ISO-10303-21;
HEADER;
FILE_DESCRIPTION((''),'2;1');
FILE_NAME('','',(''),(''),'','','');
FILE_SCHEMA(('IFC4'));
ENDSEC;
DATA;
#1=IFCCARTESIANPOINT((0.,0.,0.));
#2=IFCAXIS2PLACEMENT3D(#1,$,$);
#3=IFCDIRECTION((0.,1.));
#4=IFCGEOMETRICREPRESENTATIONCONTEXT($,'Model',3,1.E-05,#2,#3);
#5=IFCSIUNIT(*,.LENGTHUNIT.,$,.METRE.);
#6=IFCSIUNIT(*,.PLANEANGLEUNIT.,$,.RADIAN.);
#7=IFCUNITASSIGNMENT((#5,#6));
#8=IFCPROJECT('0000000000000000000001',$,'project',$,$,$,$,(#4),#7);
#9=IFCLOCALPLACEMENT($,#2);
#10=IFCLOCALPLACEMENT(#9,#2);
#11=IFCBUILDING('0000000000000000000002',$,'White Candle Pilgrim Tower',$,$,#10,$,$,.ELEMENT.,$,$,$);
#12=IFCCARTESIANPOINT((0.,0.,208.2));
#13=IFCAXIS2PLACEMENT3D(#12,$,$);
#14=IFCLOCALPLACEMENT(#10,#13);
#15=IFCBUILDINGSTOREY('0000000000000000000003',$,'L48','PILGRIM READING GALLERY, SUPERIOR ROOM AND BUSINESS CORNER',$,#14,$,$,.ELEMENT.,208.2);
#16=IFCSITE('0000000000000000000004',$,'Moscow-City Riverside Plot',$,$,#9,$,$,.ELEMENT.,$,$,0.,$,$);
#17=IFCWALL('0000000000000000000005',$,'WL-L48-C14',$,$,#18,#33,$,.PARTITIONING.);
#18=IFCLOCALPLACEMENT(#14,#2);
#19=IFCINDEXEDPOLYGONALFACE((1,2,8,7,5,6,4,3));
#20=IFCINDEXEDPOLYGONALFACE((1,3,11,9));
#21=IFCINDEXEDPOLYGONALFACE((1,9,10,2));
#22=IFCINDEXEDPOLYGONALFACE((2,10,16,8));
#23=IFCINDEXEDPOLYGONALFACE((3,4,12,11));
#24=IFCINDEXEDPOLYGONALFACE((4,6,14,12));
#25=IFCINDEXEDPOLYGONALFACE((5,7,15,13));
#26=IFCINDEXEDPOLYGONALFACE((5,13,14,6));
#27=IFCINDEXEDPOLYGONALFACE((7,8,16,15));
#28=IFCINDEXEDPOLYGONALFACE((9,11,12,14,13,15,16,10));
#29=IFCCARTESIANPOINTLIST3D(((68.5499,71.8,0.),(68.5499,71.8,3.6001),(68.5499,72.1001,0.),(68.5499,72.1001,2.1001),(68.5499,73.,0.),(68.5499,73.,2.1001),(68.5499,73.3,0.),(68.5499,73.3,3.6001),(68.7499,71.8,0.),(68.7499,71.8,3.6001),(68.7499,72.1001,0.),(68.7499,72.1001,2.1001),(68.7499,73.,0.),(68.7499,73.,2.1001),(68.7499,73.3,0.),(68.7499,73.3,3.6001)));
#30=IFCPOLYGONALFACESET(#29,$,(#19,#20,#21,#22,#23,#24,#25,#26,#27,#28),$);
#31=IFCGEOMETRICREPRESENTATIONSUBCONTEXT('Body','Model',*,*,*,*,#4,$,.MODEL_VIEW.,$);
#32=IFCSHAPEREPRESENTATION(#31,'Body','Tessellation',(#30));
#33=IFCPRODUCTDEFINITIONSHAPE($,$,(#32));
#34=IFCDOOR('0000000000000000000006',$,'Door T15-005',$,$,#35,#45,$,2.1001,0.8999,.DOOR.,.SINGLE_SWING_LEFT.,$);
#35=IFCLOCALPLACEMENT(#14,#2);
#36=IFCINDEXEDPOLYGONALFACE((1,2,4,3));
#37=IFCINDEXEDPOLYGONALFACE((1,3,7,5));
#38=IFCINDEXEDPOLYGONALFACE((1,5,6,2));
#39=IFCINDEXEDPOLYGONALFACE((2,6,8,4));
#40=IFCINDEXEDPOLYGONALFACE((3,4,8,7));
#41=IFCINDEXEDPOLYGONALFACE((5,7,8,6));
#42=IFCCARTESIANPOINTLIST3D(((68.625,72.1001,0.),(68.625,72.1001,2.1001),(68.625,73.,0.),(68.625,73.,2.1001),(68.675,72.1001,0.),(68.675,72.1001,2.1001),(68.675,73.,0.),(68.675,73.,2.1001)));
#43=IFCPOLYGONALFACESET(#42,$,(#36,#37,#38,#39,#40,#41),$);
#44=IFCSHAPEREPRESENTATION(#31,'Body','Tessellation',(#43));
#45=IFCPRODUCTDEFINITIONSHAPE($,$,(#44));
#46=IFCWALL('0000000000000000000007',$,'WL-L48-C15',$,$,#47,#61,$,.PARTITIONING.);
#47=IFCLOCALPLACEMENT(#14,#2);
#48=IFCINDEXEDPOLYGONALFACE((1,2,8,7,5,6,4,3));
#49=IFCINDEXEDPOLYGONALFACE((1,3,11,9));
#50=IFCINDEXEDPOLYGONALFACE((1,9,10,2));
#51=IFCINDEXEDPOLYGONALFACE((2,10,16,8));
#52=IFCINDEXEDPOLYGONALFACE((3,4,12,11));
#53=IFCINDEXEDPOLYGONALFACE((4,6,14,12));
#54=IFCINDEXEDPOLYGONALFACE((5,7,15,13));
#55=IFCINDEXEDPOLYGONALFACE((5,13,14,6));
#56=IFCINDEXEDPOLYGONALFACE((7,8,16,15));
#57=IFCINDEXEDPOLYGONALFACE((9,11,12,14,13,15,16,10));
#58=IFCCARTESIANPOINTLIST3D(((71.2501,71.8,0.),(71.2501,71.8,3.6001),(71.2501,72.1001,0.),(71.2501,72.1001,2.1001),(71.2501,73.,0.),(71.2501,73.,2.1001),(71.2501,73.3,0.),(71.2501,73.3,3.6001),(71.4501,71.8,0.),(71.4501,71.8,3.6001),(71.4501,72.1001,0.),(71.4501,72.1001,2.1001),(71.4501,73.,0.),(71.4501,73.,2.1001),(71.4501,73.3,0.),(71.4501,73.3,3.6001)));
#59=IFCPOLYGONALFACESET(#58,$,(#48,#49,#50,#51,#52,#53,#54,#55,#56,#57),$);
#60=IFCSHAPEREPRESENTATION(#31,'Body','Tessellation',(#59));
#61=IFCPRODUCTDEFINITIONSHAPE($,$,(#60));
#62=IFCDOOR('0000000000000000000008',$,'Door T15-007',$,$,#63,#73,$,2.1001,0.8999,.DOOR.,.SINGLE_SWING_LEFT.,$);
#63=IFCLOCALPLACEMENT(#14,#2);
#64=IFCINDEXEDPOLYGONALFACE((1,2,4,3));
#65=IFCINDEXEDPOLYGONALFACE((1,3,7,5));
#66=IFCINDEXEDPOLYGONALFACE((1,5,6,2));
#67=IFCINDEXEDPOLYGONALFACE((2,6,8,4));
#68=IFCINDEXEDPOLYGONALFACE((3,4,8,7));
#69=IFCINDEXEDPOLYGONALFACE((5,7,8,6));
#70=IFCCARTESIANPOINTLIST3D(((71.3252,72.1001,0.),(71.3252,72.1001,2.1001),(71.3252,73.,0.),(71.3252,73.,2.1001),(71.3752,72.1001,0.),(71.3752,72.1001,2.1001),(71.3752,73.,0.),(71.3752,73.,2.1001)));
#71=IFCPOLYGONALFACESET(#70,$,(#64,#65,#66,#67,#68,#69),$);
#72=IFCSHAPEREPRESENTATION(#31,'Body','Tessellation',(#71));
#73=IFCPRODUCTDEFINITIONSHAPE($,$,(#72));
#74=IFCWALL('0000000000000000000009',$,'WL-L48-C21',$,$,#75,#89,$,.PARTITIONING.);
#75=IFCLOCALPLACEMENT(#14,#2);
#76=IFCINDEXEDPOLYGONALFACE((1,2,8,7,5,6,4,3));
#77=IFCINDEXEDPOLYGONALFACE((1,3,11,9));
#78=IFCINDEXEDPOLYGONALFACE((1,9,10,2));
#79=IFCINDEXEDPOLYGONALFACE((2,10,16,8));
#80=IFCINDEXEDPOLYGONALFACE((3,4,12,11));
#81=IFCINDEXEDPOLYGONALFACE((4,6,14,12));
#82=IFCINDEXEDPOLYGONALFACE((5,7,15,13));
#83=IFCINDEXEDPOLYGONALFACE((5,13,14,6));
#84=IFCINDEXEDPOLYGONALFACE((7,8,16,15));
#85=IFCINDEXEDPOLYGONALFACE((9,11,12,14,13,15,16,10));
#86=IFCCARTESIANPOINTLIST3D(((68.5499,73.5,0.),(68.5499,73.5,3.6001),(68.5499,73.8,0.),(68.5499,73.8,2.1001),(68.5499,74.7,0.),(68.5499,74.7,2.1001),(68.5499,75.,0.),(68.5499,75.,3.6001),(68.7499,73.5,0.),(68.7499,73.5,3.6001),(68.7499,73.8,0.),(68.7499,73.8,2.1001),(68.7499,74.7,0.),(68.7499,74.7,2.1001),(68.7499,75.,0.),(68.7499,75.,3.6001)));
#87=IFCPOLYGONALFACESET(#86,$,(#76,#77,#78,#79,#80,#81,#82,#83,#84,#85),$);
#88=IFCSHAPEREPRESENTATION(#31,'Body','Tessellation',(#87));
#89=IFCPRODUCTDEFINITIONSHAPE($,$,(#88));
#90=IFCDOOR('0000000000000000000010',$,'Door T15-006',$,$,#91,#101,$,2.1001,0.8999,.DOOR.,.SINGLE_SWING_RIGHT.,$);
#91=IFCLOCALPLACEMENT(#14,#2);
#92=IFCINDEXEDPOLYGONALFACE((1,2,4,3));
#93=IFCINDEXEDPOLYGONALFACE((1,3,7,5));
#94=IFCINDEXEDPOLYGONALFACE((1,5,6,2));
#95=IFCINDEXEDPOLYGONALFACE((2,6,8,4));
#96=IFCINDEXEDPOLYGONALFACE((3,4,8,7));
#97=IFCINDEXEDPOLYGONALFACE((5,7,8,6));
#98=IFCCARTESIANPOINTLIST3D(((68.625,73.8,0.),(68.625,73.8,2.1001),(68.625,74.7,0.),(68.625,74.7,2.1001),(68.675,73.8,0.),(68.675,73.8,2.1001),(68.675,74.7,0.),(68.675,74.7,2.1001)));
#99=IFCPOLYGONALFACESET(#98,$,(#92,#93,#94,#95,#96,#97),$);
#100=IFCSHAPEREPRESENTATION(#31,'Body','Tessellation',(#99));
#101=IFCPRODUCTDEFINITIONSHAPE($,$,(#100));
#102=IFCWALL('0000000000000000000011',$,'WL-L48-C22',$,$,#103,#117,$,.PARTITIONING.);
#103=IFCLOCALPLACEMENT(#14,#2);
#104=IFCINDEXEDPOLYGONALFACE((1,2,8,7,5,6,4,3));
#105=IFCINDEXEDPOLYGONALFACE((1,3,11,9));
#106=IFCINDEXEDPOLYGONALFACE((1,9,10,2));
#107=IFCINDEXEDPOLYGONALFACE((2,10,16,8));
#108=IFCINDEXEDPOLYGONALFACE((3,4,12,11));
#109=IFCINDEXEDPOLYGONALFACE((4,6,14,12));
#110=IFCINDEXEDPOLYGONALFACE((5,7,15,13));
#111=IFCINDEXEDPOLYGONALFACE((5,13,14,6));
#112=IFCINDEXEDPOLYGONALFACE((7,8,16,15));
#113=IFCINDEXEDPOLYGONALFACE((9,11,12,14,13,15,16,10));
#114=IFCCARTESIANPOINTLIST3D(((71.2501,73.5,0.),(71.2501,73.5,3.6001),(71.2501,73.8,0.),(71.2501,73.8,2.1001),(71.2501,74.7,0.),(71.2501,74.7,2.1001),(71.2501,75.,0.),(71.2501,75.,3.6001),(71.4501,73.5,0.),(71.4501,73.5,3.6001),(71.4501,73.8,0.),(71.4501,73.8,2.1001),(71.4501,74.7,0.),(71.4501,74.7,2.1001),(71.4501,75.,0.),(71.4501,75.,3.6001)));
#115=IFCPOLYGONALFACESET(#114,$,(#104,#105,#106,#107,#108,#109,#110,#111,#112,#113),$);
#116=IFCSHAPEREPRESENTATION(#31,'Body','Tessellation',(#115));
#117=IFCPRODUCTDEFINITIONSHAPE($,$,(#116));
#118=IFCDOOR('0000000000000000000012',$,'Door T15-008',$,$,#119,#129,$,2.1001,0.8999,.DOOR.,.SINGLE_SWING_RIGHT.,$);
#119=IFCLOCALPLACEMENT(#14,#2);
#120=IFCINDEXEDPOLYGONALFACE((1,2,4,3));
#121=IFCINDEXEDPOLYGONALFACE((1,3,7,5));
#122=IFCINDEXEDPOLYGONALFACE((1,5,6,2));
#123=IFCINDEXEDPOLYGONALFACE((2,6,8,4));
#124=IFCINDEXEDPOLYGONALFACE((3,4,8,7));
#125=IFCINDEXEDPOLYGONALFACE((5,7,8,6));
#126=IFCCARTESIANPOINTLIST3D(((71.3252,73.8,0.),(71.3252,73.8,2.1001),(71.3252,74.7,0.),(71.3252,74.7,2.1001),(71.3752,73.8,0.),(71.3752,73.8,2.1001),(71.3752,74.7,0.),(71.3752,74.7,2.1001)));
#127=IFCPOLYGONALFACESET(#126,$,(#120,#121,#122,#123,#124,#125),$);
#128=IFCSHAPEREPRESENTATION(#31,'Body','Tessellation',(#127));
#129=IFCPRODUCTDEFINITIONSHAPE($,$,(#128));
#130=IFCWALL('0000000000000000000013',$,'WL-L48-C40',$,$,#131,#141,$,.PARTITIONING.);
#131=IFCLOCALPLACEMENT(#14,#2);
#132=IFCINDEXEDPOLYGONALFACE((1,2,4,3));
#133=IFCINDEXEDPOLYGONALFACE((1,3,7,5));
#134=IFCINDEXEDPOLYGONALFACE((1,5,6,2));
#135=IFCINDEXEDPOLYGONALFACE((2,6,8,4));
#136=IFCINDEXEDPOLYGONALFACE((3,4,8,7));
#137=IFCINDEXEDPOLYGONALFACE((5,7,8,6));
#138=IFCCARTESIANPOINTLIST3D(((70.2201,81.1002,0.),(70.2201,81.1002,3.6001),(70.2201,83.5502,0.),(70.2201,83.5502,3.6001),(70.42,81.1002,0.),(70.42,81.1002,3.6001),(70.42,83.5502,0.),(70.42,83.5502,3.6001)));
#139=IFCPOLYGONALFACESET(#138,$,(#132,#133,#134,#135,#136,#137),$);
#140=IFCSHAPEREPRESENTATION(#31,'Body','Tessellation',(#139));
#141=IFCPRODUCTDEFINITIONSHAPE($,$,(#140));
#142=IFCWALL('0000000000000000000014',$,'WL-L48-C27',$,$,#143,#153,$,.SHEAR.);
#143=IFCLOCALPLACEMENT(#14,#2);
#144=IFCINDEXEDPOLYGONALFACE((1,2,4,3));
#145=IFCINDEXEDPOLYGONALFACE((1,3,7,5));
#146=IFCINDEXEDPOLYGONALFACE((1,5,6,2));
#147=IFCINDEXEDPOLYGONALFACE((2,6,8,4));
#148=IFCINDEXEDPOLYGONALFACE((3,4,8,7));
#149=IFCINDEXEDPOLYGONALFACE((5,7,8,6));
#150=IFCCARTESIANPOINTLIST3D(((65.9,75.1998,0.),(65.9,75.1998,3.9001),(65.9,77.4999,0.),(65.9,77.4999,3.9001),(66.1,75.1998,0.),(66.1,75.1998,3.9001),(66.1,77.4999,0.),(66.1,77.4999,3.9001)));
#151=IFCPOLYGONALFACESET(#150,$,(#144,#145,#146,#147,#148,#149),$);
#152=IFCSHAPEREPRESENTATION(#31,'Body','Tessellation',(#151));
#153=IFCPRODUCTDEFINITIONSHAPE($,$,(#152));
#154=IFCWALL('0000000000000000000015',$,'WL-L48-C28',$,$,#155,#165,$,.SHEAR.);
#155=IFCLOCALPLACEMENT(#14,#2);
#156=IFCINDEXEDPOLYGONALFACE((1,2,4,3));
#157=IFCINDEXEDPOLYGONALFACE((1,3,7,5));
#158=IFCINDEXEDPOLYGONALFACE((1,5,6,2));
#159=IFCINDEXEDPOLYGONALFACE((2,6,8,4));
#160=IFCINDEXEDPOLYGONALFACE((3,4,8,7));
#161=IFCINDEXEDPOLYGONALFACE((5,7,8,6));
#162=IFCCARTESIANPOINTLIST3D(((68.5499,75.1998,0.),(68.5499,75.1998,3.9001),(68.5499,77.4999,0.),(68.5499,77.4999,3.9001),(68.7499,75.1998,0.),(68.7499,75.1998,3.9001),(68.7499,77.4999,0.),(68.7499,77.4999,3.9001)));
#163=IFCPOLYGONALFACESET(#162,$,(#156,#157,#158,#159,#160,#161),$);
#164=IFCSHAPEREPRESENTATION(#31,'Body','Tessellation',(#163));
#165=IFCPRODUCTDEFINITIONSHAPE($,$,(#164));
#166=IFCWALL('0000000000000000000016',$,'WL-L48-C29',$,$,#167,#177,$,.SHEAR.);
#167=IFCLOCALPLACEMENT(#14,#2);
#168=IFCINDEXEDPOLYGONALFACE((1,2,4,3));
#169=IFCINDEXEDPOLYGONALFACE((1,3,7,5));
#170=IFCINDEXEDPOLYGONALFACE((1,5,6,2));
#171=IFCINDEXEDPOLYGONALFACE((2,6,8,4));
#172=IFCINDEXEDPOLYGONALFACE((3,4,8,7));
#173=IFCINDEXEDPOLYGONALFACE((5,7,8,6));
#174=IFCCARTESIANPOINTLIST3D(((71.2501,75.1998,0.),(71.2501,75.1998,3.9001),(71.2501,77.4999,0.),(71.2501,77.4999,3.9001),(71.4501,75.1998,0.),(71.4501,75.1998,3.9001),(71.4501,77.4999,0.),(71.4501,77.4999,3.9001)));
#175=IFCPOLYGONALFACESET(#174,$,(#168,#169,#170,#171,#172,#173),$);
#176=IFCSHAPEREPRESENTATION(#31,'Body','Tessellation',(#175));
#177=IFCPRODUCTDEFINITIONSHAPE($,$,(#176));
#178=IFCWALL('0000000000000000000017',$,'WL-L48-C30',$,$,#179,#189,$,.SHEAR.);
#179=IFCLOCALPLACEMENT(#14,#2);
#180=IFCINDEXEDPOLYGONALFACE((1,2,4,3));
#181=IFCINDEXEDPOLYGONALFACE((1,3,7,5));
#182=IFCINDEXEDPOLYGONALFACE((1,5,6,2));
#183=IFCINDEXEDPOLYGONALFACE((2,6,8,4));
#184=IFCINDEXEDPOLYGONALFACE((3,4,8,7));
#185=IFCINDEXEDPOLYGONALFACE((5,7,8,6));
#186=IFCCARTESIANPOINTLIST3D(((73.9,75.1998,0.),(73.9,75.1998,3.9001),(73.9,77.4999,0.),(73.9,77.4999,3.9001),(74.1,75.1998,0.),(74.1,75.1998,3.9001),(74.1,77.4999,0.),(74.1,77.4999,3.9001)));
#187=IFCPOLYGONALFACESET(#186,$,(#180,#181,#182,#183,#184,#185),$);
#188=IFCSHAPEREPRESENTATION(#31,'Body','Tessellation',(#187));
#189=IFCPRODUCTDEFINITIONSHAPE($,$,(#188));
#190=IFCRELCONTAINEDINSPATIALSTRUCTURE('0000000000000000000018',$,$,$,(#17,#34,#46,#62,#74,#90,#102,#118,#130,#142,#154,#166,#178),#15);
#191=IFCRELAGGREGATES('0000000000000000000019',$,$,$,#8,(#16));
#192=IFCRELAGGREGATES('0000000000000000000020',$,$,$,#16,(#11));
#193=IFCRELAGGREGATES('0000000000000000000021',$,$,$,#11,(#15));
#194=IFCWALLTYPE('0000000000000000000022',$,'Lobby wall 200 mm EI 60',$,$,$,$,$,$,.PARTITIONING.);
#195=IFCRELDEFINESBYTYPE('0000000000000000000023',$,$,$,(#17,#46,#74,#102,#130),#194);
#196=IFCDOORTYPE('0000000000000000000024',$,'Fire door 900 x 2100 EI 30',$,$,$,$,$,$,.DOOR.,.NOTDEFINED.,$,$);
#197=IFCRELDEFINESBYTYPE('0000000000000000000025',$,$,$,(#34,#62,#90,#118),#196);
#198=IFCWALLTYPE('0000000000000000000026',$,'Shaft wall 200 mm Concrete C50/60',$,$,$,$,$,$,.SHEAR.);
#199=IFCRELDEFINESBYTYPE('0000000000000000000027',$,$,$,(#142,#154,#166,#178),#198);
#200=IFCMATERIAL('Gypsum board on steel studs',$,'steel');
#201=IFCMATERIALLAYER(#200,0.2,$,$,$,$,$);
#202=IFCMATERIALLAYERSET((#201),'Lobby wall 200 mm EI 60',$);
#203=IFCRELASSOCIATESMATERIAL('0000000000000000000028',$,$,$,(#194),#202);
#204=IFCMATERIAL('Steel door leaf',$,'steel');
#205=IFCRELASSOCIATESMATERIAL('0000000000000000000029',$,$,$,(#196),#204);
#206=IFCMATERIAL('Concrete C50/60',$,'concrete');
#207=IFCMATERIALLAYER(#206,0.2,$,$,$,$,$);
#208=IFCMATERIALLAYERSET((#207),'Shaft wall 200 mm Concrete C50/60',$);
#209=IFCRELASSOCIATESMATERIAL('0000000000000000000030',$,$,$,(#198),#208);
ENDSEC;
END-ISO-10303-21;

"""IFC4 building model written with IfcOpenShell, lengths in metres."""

from ifc_helpers import new_model, si_unit, direction, frame, frame_2d, origin, place, context, subcontext, project, spatial, rectangle, extrude, material, layer, layer_set, type_object, element, fill, save


model = new_model("IFC4")

# Units and contexts
model_context = context("Model", 3, precision=1e-05, world=origin(), true_north=direction((0.0, 1.0)))
body_context = subcontext(model_context, "Body", "Model", "MODEL_VIEW")
ifc_project = project(units=[si_unit("LENGTHUNIT", "METRE"), si_unit("PLANEANGLEUNIT", "RADIAN")], contexts=[model_context])

# Site, building, storey
site_placement = place(None, origin())
site = spatial("IfcSite", under=ifc_project, at=site_placement, Name="Moscow-City Riverside Plot", CompositionType="ELEMENT", RefElevation=0.0)
building_placement = place(site_placement, origin())
building = spatial("IfcBuilding", under=site, at=building_placement, Name="White Candle Pilgrim Tower", CompositionType="ELEMENT")
storey_placement = place(building_placement, frame((0.0, 0.0, 208.2)))
storey = spatial("IfcBuildingStorey", under=building, at=storey_placement, Name="L48", Description="PILGRIM READING GALLERY, SUPERIOR ROOM AND BUSINESS CORNER", CompositionType="ELEMENT", Elevation=208.2)

# Walls, openings, doors
ifc_material_1 = material(Name="Gypsum board on steel studs", Category="steel")
ifc_layer_1 = layer(ifc_material_1, 0.2)
ifc_layer_set_1 = layer_set([ifc_layer_1], Name="Lobby wall 200 mm EI 60")
wall_type_1 = type_object("IfcWallType", Name="Lobby wall 200 mm EI 60", PredefinedType="PARTITIONING", material=ifc_layer_set_1)
wall_1_placement = place(storey_placement, frame((68.6499, 71.8, 0.0), z_axis=(0.0, 0.0, 1.0), x_axis=(0.0, 1.0, 0.0)))
wall_1 = element("IfcWall", 1, at=wall_1_placement, inside=storey, type_object=wall_type_1, Name="WL-L48-C14", PredefinedType="PARTITIONING", context=body_context, shape_type="SweptSolid", body=[
    extrude(rectangle(XDim=1.5, YDim=0.2, at=frame_2d((0.75, 0.0))), origin(), (0.0, 0.0, 1.0), 3.6001),
])
opening_1_placement = place(wall_1_placement, frame((0.3, 0.0, 0.0)))
opening_1 = element("IfcOpeningElement", 2, at=opening_1_placement, cuts=wall_1, PredefinedType="OPENING", context=body_context, shape_type="SweptSolid", body=[
    extrude(rectangle(XDim=0.8999, YDim=2.1001, at=frame_2d((0.45, 1.05))), frame((0.0, 0.1099, 0.0), z_axis=(0.0, -1.0, 0.0), x_axis=(1.0, 0.0, 0.0)), (0.0, 0.0, 1.0), 0.22),
])
ifc_material_2 = material(Name="Steel door leaf", Category="steel")
door_type_1 = type_object("IfcDoorType", Name="Fire door 900 x 2100 EI 30", OperationType="NOTDEFINED", PredefinedType="DOOR", material=ifc_material_2)
door_1_placement = place(opening_1_placement, origin())
door_1 = element("IfcDoor", 3, at=door_1_placement, inside=storey, type_object=door_type_1, Name="Door T15-005", OperationType="SINGLE_SWING_LEFT", OverallHeight=2.1001, OverallWidth=0.8999, PredefinedType="DOOR", context=body_context, shape_type="SweptSolid", body=[
    extrude(rectangle(XDim=0.8999, YDim=2.1001, at=frame_2d((0.45, 1.05))), frame((0.0, 0.0249, 0.0), z_axis=(0.0, -1.0, 0.0), x_axis=(1.0, 0.0, 0.0)), (0.0, 0.0, 1.0), 0.05),
])
fill(opening_1, door_1)
wall_2_placement = place(storey_placement, frame((71.3501, 71.8, 0.0), z_axis=(0.0, 0.0, 1.0), x_axis=(0.0, 1.0, 0.0)))
wall_2 = element("IfcWall", 4, at=wall_2_placement, inside=storey, type_object=wall_type_1, Name="WL-L48-C15", PredefinedType="PARTITIONING", context=body_context, shape_type="SweptSolid", body=[
    extrude(rectangle(XDim=1.5, YDim=0.2, at=frame_2d((0.75, 0.0))), origin(), (0.0, 0.0, 1.0), 3.6001),
])
opening_2_placement = place(wall_2_placement, frame((0.3, 0.0, 0.0)))
opening_2 = element("IfcOpeningElement", 5, at=opening_2_placement, cuts=wall_2, PredefinedType="OPENING", context=body_context, shape_type="SweptSolid", body=[
    extrude(rectangle(XDim=0.8999, YDim=2.1001, at=frame_2d((0.45, 1.05))), frame((0.0, 0.1099, 0.0), z_axis=(0.0, -1.0, 0.0), x_axis=(1.0, 0.0, 0.0)), (0.0, 0.0, 1.0), 0.22),
])
door_2_placement = place(opening_2_placement, origin())
door_2 = element("IfcDoor", 6, at=door_2_placement, inside=storey, type_object=door_type_1, Name="Door T15-007", OperationType="SINGLE_SWING_LEFT", OverallHeight=2.1001, OverallWidth=0.8999, PredefinedType="DOOR", context=body_context, shape_type="SweptSolid", body=[
    extrude(rectangle(XDim=0.8999, YDim=2.1001, at=frame_2d((0.45, 1.05))), frame((0.0, 0.0249, 0.0), z_axis=(0.0, -1.0, 0.0), x_axis=(1.0, 0.0, 0.0)), (0.0, 0.0, 1.0), 0.05),
])
fill(opening_2, door_2)
wall_3_placement = place(storey_placement, frame((68.6499, 73.5, 0.0), z_axis=(0.0, 0.0, 1.0), x_axis=(0.0, 1.0, 0.0)))
wall_3 = element("IfcWall", 7, at=wall_3_placement, inside=storey, type_object=wall_type_1, Name="WL-L48-C21", PredefinedType="PARTITIONING", context=body_context, shape_type="SweptSolid", body=[
    extrude(rectangle(XDim=1.5, YDim=0.2, at=frame_2d((0.75, 0.0))), origin(), (0.0, 0.0, 1.0), 3.6001),
])
opening_3_placement = place(wall_3_placement, frame((0.3, 0.0, 0.0)))
opening_3 = element("IfcOpeningElement", 8, at=opening_3_placement, cuts=wall_3, PredefinedType="OPENING", context=body_context, shape_type="SweptSolid", body=[
    extrude(rectangle(XDim=0.8999, YDim=2.1001, at=frame_2d((0.45, 1.05))), frame((0.0, 0.1099, 0.0), z_axis=(0.0, -1.0, 0.0), x_axis=(1.0, 0.0, 0.0)), (0.0, 0.0, 1.0), 0.22),
])
door_3_placement = place(opening_3_placement, origin())
door_3 = element("IfcDoor", 9, at=door_3_placement, inside=storey, type_object=door_type_1, Name="Door T15-006", OperationType="SINGLE_SWING_RIGHT", OverallHeight=2.1001, OverallWidth=0.8999, PredefinedType="DOOR", context=body_context, shape_type="SweptSolid", body=[
    extrude(rectangle(XDim=0.8999, YDim=2.1001, at=frame_2d((0.45, 1.05))), frame((0.0, 0.0249, 0.0), z_axis=(0.0, -1.0, 0.0), x_axis=(1.0, 0.0, 0.0)), (0.0, 0.0, 1.0), 0.05),
])
fill(opening_3, door_3)
wall_4_placement = place(storey_placement, frame((71.3501, 73.5, 0.0), z_axis=(0.0, 0.0, 1.0), x_axis=(0.0, 1.0, 0.0)))
wall_4 = element("IfcWall", 10, at=wall_4_placement, inside=storey, type_object=wall_type_1, Name="WL-L48-C22", PredefinedType="PARTITIONING", context=body_context, shape_type="SweptSolid", body=[
    extrude(rectangle(XDim=1.5, YDim=0.2, at=frame_2d((0.75, 0.0))), origin(), (0.0, 0.0, 1.0), 3.6001),
])
opening_4_placement = place(wall_4_placement, frame((0.3, 0.0, 0.0)))
opening_4 = element("IfcOpeningElement", 11, at=opening_4_placement, cuts=wall_4, PredefinedType="OPENING", context=body_context, shape_type="SweptSolid", body=[
    extrude(rectangle(XDim=0.8999, YDim=2.1001, at=frame_2d((0.45, 1.05))), frame((0.0, 0.1099, 0.0), z_axis=(0.0, -1.0, 0.0), x_axis=(1.0, 0.0, 0.0)), (0.0, 0.0, 1.0), 0.22),
])
door_4_placement = place(opening_4_placement, origin())
door_4 = element("IfcDoor", 12, at=door_4_placement, inside=storey, type_object=door_type_1, Name="Door T15-008", OperationType="SINGLE_SWING_RIGHT", OverallHeight=2.1001, OverallWidth=0.8999, PredefinedType="DOOR", context=body_context, shape_type="SweptSolid", body=[
    extrude(rectangle(XDim=0.8999, YDim=2.1001, at=frame_2d((0.45, 1.05))), frame((0.0, 0.0249, 0.0), z_axis=(0.0, -1.0, 0.0), x_axis=(1.0, 0.0, 0.0)), (0.0, 0.0, 1.0), 0.05),
])
fill(opening_4, door_4)

# Walls
wall_5_placement = place(storey_placement, frame((70.3201, 81.1001, 0.0), z_axis=(0.0, 0.0, 1.0), x_axis=(0.0, 1.0, 0.0)))
element("IfcWall", 13, at=wall_5_placement, inside=storey, type_object=wall_type_1, Name="WL-L48-C40", PredefinedType="PARTITIONING", context=body_context, shape_type="SweptSolid", body=[
    extrude(rectangle(XDim=2.45, YDim=0.2, at=frame_2d((1.2251, 0.0))), origin(), (0.0, 0.0, 1.0), 3.6001),
])
ifc_material_3 = material(Name="Concrete C50/60", Category="concrete")
ifc_layer_2 = layer(ifc_material_3, 0.2)
ifc_layer_set_2 = layer_set([ifc_layer_2], Name="Shaft wall 200 mm Concrete C50/60")
wall_type_2 = type_object("IfcWallType", Name="Shaft wall 200 mm Concrete C50/60", PredefinedType="SHEAR", material=ifc_layer_set_2)
for number, where, z_axis, x_axis, name in (
    (14, (66.0, 75.2, 0.0), (0.0, 0.0, 1.0), (0.0, 1.0, 0.0), "WL-L48-C27"),
    (15, (68.6499, 75.2, 0.0), (0.0, 0.0, 1.0), (0.0, 1.0, 0.0), "WL-L48-C28"),
    (16, (71.3501, 75.2, 0.0), (0.0, 0.0, 1.0), (0.0, 1.0, 0.0), "WL-L48-C29"),
    (17, (74.0, 75.2, 0.0), (0.0, 0.0, 1.0), (0.0, 1.0, 0.0), "WL-L48-C30"),
):
    element("IfcWall", number, at=place(storey_placement, frame(where, z_axis=z_axis, x_axis=x_axis)), inside=storey, type_object=wall_type_2, Name=name, PredefinedType="SHEAR", context=body_context, shape_type="SweptSolid", body=[
        extrude(rectangle(XDim=2.3, YDim=0.2, at=frame_2d((1.1499, 0.0))), origin(), (0.0, 0.0, 1.0), 3.9001),
    ])

save(model, "model.ifc")
